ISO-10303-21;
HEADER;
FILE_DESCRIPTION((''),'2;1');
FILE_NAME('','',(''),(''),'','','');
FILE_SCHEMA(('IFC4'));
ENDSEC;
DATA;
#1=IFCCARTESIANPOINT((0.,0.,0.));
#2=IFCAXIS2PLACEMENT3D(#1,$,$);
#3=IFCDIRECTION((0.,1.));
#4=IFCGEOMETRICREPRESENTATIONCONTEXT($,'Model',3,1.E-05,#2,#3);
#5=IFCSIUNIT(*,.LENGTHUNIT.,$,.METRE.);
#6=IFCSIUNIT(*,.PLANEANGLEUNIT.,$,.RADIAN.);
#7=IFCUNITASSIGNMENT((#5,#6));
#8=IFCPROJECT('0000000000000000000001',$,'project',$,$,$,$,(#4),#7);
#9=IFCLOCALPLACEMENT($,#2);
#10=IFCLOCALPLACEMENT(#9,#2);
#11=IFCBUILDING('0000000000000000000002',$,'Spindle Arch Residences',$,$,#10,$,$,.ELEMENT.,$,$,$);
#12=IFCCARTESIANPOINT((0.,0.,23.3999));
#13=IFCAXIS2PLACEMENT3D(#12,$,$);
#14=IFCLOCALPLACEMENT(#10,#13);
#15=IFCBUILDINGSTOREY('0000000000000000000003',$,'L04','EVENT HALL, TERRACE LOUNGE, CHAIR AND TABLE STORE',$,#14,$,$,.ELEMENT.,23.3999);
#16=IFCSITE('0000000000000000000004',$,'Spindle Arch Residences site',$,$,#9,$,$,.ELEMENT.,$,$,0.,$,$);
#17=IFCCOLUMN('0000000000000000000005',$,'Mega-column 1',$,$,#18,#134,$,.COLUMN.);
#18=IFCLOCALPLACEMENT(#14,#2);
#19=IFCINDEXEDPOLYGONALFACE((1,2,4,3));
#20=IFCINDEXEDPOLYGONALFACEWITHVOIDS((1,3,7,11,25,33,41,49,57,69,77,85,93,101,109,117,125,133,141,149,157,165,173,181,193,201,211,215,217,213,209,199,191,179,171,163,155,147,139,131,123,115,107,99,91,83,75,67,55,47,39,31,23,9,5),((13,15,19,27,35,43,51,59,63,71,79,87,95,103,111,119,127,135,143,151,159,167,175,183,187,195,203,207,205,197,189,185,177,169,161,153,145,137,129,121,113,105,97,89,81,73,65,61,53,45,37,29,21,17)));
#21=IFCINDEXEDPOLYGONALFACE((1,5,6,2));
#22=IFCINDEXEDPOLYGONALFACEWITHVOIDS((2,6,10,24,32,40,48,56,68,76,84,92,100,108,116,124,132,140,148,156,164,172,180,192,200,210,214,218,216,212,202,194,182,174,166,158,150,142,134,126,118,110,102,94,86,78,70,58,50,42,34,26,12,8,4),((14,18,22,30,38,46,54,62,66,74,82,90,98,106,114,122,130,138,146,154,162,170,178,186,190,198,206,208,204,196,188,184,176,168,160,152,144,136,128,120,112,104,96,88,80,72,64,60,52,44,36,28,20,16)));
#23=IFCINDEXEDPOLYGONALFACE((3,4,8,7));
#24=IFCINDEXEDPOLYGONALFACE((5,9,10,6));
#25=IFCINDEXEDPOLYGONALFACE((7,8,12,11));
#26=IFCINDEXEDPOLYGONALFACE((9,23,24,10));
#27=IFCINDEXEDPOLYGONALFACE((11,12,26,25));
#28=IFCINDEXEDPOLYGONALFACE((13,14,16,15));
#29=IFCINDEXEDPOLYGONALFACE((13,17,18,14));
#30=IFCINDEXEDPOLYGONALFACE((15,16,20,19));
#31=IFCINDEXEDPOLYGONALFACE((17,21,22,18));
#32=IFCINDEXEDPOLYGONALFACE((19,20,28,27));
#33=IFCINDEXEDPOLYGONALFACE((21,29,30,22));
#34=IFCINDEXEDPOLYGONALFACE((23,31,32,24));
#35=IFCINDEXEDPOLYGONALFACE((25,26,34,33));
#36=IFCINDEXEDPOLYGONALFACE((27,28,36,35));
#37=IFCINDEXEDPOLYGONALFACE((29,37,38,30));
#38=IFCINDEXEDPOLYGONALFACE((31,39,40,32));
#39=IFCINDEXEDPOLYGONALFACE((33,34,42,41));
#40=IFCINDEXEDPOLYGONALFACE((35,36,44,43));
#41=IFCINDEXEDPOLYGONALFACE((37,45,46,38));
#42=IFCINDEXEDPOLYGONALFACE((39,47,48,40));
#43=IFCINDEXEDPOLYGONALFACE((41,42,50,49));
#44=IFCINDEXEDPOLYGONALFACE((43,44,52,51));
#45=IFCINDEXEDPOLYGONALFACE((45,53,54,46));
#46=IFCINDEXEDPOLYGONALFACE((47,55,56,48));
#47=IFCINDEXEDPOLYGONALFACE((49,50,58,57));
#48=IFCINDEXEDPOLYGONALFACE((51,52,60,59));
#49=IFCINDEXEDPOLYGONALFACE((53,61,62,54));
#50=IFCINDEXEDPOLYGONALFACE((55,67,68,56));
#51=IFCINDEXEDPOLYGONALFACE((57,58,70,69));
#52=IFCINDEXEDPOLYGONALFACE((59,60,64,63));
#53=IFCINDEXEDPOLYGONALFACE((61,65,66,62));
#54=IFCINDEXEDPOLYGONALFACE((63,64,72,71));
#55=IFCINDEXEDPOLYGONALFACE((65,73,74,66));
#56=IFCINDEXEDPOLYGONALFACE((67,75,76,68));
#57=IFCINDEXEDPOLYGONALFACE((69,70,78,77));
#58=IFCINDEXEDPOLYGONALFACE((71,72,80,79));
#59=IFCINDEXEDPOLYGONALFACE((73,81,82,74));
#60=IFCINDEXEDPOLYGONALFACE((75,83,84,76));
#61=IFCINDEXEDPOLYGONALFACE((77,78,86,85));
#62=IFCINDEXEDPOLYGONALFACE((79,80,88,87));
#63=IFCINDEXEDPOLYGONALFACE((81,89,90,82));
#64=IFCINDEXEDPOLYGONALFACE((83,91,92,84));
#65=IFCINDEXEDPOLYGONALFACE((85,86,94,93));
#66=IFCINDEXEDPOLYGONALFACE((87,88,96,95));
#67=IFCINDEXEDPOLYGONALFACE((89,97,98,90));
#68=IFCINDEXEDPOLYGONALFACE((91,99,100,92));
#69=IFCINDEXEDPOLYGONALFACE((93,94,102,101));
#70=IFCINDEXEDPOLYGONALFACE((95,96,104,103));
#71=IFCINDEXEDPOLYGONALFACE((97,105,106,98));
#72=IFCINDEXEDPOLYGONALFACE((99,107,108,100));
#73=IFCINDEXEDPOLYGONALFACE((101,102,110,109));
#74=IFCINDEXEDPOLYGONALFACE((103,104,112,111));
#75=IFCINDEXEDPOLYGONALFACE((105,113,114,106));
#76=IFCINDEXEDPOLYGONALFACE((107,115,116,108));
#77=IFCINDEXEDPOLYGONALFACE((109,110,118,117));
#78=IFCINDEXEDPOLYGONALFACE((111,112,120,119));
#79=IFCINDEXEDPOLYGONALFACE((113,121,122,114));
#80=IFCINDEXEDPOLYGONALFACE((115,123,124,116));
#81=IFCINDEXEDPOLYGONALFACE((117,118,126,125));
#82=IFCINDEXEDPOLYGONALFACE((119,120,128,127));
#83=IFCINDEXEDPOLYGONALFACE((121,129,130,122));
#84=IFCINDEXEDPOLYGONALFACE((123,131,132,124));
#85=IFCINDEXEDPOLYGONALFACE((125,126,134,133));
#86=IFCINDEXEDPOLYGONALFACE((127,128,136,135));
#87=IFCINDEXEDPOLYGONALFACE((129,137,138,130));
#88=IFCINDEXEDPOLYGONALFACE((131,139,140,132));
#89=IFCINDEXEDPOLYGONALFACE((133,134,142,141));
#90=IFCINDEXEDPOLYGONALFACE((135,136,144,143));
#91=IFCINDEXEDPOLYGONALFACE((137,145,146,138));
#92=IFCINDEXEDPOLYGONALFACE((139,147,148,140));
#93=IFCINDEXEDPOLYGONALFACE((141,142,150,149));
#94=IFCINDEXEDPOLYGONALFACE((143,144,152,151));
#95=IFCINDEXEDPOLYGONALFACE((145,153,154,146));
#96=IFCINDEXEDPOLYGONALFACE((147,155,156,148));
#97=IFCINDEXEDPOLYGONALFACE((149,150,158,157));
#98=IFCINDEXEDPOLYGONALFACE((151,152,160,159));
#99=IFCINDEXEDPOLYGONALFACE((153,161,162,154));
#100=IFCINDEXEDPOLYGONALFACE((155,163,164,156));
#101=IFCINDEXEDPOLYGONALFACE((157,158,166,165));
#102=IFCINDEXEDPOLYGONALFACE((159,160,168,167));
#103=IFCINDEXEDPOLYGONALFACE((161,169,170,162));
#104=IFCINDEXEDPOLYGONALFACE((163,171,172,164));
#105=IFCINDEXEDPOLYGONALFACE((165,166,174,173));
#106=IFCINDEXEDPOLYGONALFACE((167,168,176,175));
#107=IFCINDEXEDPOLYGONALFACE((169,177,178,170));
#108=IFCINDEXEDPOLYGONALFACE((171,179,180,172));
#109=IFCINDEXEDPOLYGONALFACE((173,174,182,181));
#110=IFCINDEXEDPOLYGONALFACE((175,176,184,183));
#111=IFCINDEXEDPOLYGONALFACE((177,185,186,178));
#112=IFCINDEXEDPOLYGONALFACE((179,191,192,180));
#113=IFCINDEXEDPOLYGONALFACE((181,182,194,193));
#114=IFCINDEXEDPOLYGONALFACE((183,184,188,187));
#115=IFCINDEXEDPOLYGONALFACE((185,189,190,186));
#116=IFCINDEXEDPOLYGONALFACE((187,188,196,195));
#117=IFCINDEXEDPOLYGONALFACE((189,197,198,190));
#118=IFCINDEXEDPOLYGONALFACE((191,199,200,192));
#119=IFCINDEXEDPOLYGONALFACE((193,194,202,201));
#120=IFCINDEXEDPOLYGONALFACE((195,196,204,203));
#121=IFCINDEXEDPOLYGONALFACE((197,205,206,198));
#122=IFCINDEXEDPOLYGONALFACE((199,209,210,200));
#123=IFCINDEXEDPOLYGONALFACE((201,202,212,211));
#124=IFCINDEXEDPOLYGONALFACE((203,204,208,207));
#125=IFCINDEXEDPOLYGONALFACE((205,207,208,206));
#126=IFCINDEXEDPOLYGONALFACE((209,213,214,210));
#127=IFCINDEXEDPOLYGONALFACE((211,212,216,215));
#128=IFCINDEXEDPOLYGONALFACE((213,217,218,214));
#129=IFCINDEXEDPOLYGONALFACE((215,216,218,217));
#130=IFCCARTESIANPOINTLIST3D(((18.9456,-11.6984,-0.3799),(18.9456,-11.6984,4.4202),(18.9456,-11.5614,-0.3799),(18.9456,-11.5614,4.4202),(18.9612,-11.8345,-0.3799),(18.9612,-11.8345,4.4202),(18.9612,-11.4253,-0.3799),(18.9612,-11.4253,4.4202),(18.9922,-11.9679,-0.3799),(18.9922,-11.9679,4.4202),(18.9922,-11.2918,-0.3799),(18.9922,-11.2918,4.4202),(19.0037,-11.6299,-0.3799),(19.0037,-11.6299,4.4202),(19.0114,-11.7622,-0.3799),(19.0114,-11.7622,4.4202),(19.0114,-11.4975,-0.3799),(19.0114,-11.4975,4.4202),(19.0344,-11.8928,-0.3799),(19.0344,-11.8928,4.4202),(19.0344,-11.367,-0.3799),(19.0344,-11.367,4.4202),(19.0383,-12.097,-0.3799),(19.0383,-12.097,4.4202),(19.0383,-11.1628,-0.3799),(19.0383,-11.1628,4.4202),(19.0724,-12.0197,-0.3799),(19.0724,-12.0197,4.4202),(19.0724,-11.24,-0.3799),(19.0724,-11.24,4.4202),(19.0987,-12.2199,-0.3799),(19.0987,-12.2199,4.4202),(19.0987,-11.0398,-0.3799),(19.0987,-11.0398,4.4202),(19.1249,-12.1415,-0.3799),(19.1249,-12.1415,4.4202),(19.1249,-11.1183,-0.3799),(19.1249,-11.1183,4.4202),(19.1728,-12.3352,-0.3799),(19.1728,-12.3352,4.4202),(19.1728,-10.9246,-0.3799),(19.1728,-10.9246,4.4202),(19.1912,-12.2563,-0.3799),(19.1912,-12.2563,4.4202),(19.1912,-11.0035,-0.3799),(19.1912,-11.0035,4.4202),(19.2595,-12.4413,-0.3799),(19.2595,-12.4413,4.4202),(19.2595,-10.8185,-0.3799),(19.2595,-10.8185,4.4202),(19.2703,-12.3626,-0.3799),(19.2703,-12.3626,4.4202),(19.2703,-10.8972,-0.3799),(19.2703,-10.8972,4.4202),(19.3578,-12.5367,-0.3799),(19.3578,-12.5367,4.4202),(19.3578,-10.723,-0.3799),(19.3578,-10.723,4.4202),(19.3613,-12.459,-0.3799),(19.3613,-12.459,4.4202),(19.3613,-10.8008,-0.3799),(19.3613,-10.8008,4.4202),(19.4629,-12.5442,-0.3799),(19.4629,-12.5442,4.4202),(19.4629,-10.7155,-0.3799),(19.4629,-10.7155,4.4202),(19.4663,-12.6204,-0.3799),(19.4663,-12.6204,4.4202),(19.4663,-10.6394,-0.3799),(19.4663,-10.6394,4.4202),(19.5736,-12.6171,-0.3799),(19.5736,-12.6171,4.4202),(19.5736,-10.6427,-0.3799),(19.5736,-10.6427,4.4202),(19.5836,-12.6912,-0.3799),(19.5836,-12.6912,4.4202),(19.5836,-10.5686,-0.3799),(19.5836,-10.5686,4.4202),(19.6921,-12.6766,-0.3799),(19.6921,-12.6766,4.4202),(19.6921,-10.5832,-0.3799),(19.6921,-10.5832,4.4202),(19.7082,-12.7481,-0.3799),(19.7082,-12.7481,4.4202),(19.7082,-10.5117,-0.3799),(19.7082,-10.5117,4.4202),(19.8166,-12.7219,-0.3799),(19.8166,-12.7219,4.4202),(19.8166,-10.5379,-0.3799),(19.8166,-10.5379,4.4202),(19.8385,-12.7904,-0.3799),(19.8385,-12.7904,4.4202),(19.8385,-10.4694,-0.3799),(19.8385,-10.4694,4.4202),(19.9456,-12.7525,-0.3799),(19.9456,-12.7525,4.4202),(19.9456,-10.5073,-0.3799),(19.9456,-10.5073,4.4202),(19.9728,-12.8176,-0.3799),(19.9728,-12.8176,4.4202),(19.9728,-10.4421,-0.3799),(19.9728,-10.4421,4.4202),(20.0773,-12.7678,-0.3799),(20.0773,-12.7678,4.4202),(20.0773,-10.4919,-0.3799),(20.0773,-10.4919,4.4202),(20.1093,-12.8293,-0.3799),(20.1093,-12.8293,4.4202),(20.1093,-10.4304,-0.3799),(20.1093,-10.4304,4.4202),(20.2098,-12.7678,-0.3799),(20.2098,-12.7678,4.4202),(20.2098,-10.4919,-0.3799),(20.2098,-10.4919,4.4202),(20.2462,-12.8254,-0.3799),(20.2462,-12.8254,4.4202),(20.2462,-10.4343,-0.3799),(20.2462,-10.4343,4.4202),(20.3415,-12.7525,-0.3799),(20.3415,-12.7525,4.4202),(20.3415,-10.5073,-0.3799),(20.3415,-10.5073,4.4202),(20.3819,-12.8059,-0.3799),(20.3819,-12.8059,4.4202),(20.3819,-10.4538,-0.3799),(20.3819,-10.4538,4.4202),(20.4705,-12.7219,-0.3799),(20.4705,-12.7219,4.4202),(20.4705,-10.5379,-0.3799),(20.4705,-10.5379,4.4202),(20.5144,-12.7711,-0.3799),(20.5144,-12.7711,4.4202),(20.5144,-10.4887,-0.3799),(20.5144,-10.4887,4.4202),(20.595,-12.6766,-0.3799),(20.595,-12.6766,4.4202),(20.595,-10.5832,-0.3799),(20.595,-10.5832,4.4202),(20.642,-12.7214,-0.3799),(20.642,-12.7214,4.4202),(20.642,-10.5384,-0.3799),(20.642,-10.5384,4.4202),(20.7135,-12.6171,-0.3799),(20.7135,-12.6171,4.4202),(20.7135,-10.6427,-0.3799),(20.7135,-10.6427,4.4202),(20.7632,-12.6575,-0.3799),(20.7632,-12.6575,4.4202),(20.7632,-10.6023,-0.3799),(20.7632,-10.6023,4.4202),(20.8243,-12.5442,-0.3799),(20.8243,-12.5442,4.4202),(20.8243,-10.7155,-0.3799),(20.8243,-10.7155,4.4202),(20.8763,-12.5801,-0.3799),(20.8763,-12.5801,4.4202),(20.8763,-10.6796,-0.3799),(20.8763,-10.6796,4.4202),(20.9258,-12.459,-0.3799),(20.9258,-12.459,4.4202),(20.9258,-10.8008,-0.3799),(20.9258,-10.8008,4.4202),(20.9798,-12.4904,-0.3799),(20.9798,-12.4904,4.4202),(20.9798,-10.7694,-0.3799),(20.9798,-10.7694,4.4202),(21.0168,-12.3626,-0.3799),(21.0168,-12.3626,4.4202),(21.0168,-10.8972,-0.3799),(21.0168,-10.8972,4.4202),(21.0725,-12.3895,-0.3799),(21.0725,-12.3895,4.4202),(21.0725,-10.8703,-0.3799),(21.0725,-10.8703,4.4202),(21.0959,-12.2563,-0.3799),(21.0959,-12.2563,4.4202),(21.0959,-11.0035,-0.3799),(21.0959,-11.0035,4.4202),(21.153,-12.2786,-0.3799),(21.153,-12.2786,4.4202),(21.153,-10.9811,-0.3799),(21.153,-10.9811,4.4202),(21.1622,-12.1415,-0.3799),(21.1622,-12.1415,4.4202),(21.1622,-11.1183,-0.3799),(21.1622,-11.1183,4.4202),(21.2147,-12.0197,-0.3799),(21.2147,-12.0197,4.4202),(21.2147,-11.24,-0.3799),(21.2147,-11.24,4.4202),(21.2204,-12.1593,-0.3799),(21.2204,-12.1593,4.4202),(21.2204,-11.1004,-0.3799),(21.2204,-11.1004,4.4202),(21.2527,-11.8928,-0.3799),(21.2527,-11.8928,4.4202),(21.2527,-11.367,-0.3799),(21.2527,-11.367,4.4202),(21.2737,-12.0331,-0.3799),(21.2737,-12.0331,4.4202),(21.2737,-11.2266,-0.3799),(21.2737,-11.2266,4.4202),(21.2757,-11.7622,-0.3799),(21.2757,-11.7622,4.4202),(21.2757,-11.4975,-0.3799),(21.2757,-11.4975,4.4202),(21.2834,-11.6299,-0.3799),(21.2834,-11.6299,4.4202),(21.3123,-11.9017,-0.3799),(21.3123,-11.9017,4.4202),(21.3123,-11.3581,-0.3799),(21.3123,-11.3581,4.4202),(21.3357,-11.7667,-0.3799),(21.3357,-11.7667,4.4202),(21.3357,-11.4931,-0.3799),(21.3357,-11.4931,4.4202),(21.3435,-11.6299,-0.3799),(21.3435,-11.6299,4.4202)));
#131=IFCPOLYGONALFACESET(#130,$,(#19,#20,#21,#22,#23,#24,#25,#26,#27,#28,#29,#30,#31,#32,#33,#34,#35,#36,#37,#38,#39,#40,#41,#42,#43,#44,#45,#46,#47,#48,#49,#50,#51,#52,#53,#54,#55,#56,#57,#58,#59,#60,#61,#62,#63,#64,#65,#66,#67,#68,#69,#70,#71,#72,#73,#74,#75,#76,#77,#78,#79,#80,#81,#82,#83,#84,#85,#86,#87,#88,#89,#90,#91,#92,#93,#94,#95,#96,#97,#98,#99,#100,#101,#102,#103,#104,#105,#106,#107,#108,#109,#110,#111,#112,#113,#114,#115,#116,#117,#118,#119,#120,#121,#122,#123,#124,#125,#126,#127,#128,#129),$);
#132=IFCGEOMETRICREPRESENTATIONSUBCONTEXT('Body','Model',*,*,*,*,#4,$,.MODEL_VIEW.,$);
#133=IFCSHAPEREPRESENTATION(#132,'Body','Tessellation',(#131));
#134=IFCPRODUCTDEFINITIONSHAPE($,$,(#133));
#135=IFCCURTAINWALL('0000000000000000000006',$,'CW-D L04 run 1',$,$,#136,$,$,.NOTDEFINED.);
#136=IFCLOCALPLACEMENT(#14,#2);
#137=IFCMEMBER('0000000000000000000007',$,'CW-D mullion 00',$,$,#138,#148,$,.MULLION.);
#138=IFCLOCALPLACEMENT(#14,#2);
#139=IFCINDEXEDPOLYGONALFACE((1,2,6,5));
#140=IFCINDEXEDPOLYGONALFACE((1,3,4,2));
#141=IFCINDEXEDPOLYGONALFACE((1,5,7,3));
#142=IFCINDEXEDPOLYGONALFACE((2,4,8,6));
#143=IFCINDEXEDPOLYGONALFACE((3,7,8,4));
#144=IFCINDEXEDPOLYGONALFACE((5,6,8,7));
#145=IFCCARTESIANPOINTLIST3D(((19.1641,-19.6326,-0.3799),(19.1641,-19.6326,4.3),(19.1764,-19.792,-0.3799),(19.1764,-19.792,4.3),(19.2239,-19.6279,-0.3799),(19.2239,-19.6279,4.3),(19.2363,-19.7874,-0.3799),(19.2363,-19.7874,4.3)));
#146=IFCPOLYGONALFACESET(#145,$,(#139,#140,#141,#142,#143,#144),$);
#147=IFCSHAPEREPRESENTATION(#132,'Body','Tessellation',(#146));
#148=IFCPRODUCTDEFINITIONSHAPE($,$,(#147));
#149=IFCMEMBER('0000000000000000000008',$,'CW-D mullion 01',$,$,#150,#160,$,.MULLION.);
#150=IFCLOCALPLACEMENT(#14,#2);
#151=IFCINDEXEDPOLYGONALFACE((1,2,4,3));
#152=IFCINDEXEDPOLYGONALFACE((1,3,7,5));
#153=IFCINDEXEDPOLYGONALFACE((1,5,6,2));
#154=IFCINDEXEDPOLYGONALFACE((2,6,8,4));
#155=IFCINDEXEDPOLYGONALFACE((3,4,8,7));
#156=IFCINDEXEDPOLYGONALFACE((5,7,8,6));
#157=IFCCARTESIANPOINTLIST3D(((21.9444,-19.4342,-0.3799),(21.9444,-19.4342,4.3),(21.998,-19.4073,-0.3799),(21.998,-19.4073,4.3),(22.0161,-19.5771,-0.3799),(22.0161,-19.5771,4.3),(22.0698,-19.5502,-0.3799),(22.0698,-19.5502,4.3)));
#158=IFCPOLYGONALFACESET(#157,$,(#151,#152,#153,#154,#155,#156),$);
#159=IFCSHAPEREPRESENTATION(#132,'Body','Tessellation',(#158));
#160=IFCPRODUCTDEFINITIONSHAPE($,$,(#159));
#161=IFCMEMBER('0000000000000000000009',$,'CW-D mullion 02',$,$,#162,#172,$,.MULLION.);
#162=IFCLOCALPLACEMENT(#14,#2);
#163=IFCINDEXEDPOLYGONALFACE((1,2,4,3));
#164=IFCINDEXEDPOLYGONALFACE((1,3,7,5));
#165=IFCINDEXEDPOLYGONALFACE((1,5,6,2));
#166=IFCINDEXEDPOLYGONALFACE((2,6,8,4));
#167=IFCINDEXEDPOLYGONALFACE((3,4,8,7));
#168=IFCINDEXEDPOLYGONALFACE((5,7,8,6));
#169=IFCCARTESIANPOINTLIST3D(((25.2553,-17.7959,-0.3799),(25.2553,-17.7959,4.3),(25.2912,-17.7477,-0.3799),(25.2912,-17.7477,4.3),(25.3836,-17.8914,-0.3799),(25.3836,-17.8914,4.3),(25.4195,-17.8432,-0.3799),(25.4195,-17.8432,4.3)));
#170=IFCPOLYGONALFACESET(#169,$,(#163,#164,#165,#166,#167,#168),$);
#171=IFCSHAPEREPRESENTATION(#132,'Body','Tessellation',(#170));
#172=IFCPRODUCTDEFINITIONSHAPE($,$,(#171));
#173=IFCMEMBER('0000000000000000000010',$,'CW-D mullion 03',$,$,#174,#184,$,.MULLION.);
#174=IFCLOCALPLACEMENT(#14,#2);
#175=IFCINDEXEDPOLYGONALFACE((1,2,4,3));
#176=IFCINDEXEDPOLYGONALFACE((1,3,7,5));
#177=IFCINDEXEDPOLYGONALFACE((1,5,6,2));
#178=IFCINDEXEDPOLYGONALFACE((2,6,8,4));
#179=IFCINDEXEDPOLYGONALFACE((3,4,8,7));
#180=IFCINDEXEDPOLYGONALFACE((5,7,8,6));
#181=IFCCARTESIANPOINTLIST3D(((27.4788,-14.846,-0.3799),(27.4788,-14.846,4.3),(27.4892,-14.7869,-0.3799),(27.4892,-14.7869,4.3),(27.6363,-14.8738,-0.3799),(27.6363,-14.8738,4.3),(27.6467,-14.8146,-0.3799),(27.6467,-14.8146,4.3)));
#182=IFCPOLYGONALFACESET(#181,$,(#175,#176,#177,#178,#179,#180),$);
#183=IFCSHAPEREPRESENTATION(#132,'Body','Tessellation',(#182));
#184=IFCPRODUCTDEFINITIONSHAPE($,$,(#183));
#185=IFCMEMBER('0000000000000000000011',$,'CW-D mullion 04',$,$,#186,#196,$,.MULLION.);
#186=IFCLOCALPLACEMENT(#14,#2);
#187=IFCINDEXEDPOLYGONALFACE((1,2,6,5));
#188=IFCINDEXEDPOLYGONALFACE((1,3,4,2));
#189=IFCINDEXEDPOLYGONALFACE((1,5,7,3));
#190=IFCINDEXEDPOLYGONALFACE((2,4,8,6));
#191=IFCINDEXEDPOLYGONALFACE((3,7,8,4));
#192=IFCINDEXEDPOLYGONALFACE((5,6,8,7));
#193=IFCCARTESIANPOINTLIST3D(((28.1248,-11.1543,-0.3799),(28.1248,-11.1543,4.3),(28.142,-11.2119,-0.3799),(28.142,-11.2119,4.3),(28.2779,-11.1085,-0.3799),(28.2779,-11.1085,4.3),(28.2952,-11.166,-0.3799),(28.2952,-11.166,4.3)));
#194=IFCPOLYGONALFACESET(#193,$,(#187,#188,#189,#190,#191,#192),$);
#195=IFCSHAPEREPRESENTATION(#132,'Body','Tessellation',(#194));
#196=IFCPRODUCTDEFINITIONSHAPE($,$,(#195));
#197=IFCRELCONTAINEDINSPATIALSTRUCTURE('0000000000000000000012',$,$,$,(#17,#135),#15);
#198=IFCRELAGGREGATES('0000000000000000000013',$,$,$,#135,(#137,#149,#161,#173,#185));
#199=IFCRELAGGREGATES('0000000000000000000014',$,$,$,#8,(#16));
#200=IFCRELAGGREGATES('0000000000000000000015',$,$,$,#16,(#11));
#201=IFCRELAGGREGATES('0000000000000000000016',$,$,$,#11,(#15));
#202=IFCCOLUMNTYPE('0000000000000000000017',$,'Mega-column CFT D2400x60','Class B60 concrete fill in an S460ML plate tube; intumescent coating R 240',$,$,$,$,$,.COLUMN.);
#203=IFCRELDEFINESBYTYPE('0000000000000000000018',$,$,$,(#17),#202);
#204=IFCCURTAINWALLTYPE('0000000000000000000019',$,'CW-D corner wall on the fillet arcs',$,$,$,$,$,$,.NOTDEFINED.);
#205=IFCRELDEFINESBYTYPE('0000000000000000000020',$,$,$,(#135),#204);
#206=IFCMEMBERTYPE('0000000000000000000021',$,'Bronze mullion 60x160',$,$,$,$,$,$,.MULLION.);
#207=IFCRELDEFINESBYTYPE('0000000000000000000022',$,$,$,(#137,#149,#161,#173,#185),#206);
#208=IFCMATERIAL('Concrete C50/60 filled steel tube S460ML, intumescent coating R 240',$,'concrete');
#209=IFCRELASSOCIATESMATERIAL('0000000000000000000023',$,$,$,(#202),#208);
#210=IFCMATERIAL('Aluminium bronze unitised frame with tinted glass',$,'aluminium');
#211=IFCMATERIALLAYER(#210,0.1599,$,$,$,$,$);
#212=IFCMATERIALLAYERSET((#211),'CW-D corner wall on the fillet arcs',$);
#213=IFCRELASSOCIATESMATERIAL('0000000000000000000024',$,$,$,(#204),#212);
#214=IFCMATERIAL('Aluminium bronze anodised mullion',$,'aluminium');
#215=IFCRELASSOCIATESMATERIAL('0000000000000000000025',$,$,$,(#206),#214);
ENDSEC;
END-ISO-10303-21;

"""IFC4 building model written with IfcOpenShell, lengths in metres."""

from ifc_helpers import new_model, si_unit, direction, frame, origin, origin_2d, place, context, subcontext, project, spatial, rectangle, hollow_circle, extrude, material, layer, layer_set, material_profile, profile_set, type_object, element, aggregate, save


model = new_model("IFC4")

# Units and contexts
model_context = context("Model", 3, precision=1e-05, world=origin(), true_north=direction((0.0, 1.0)))
body_context = subcontext(model_context, "Body", "Model", "MODEL_VIEW")
ifc_project = project(units=[si_unit("LENGTHUNIT", "METRE"), si_unit("PLANEANGLEUNIT", "RADIAN")], contexts=[model_context])

# Site, building, storey
site_placement = place(None, origin())
site = spatial("IfcSite", under=ifc_project, at=site_placement, Name="Spindle Arch Residences site", CompositionType="ELEMENT", RefElevation=0.0)
building_placement = place(site_placement, origin())
building = spatial("IfcBuilding", under=site, at=building_placement, Name="Spindle Arch Residences", CompositionType="ELEMENT")
storey_placement = place(building_placement, frame((0.0, 0.0, 23.3999)))
storey = spatial("IfcBuildingStorey", under=building, at=storey_placement, Name="L04", Description="EVENT HALL, TERRACE LOUNGE, CHAIR AND TABLE STORE", CompositionType="ELEMENT", Elevation=23.3999)

# Column
ifc_material_1 = material(Name="Concrete C50/60 filled steel tube S460ML, intumescent coating R 240", Category="concrete")
ifc_material_profile_1 = material_profile(ifc_material_1, hollow_circle(Radius=1.2, WallThickness=0.0601, at=origin_2d()), Name="CFT D2400x60")
ifc_profile_set_1 = profile_set([ifc_material_profile_1], Name="Concrete C50/60 filled steel tube S460ML, intumescent coating R 240")
column_type_1 = type_object("IfcColumnType", Name="Mega-column CFT D2400x60", Description="Class B60 concrete fill in an S460ML plate tube; intumescent coating R 240", PredefinedType="COLUMN", material=ifc_profile_set_1)
column_1_placement = place(storey_placement, frame((20.1436, -11.6299, -0.3799), z_axis=(0.0, 0.0, 1.0), x_axis=(1.0, 0.0, 0.0)))
element("IfcColumn", 1, at=column_1_placement, inside=storey, type_object=column_type_1, Name="Mega-column 1", PredefinedType="COLUMN", context=body_context, shape_type="SweptSolid", body=[
    extrude(hollow_circle(Radius=1.2, WallThickness=0.0601, at=origin_2d()), origin(), (0.0, 0.0, 1.0), 4.8),
])

# Curtain wall, members
ifc_material_2 = material(Name="Aluminium bronze unitised frame with tinted glass", Category="aluminium")
ifc_layer_1 = layer(ifc_material_2, 0.1599)
ifc_layer_set_1 = layer_set([ifc_layer_1], Name="CW-D corner wall on the fillet arcs")
curtain_wall_type_1 = type_object("IfcCurtainWallType", Name="CW-D corner wall on the fillet arcs", PredefinedType="NOTDEFINED", material=ifc_layer_set_1)
curtain_wall_1_placement = place(storey_placement, origin())
curtain_wall_1 = element("IfcCurtainWall", 2, at=curtain_wall_1_placement, inside=storey, type_object=curtain_wall_type_1, Name="CW-D L04 run 1", PredefinedType="NOTDEFINED")
ifc_material_3 = material(Name="Aluminium bronze anodised mullion", Category="aluminium")
ifc_material_profile_2 = material_profile(ifc_material_3, rectangle(XDim=0.1599, YDim=0.0601, at=origin_2d()), Name="MU 60x160")
ifc_profile_set_2 = profile_set([ifc_material_profile_2], Name="Aluminium bronze anodised mullion")
member_type_1 = type_object("IfcMemberType", Name="Bronze mullion 60x160", PredefinedType="MULLION", material=ifc_profile_set_2)
member_1_placement = place(storey_placement, frame((19.2002, -19.71, -0.3799), z_axis=(0.0, 0.0, 1.0), x_axis=(-0.077364, 0.997003, 0.0)))
member_1 = element("IfcMember", 3, at=member_1_placement, type_object=member_type_1, Name="CW-D mullion 00", PredefinedType="MULLION", context=body_context, shape_type="SweptSolid", body=[
    extrude(rectangle(XDim=0.1599, YDim=0.0601, at=origin_2d()), origin(), (0.0, 0.0, 1.0), 4.6799),
])
member_2_placement = place(storey_placement, frame((22.0071, -19.4922, -0.3799), z_axis=(0.0, 0.0, 1.0), x_axis=(-0.448799, 0.893633, 0.0)))
member_2 = element("IfcMember", 4, at=member_2_placement, type_object=member_type_1, Name="CW-D mullion 01", PredefinedType="MULLION", context=body_context, shape_type="SweptSolid", body=[
    extrude(rectangle(XDim=0.1599, YDim=0.0601, at=origin_2d()), origin(), (0.0, 0.0, 1.0), 4.6799),
])
member_3_placement = place(storey_placement, frame((25.3374, -17.8196, -0.3799), z_axis=(0.0, 0.0, 1.0), x_axis=(-0.802123, 0.597159, 0.0)))
member_3 = element("IfcMember", 5, at=member_3_placement, type_object=member_type_1, Name="CW-D mullion 02", PredefinedType="MULLION", context=body_context, shape_type="SweptSolid", body=[
    extrude(rectangle(XDim=0.1599, YDim=0.0601, at=origin_2d()), origin(), (0.0, 0.0, 1.0), 4.6799),
])
member_4_placement = place(storey_placement, frame((27.5627, -14.8303, -0.3799), z_axis=(0.0, 0.0, 1.0), x_axis=(-0.984808, 0.173648, 0.0)))
member_4 = element("IfcMember", 6, at=member_4_placement, type_object=member_type_1, Name="CW-D mullion 03", PredefinedType="MULLION", context=body_context, shape_type="SweptSolid", body=[
    extrude(rectangle(XDim=0.1599, YDim=0.0601, at=origin_2d()), origin(), (0.0, 0.0, 1.0), 4.6799),
])
member_5_placement = place(storey_placement, frame((28.21, -11.1602, -0.3799), z_axis=(0.0, 0.0, 1.0), x_axis=(-0.95799, -0.286803, 0.0)))
member_5 = element("IfcMember", 7, at=member_5_placement, type_object=member_type_1, Name="CW-D mullion 04", PredefinedType="MULLION", context=body_context, shape_type="SweptSolid", body=[
    extrude(rectangle(XDim=0.1599, YDim=0.0601, at=origin_2d()), origin(), (0.0, 0.0, 1.0), 4.6799),
])

aggregate(curtain_wall_1, [member_1, member_2, member_3, member_4, member_5])

save(model, "model.ifc")
